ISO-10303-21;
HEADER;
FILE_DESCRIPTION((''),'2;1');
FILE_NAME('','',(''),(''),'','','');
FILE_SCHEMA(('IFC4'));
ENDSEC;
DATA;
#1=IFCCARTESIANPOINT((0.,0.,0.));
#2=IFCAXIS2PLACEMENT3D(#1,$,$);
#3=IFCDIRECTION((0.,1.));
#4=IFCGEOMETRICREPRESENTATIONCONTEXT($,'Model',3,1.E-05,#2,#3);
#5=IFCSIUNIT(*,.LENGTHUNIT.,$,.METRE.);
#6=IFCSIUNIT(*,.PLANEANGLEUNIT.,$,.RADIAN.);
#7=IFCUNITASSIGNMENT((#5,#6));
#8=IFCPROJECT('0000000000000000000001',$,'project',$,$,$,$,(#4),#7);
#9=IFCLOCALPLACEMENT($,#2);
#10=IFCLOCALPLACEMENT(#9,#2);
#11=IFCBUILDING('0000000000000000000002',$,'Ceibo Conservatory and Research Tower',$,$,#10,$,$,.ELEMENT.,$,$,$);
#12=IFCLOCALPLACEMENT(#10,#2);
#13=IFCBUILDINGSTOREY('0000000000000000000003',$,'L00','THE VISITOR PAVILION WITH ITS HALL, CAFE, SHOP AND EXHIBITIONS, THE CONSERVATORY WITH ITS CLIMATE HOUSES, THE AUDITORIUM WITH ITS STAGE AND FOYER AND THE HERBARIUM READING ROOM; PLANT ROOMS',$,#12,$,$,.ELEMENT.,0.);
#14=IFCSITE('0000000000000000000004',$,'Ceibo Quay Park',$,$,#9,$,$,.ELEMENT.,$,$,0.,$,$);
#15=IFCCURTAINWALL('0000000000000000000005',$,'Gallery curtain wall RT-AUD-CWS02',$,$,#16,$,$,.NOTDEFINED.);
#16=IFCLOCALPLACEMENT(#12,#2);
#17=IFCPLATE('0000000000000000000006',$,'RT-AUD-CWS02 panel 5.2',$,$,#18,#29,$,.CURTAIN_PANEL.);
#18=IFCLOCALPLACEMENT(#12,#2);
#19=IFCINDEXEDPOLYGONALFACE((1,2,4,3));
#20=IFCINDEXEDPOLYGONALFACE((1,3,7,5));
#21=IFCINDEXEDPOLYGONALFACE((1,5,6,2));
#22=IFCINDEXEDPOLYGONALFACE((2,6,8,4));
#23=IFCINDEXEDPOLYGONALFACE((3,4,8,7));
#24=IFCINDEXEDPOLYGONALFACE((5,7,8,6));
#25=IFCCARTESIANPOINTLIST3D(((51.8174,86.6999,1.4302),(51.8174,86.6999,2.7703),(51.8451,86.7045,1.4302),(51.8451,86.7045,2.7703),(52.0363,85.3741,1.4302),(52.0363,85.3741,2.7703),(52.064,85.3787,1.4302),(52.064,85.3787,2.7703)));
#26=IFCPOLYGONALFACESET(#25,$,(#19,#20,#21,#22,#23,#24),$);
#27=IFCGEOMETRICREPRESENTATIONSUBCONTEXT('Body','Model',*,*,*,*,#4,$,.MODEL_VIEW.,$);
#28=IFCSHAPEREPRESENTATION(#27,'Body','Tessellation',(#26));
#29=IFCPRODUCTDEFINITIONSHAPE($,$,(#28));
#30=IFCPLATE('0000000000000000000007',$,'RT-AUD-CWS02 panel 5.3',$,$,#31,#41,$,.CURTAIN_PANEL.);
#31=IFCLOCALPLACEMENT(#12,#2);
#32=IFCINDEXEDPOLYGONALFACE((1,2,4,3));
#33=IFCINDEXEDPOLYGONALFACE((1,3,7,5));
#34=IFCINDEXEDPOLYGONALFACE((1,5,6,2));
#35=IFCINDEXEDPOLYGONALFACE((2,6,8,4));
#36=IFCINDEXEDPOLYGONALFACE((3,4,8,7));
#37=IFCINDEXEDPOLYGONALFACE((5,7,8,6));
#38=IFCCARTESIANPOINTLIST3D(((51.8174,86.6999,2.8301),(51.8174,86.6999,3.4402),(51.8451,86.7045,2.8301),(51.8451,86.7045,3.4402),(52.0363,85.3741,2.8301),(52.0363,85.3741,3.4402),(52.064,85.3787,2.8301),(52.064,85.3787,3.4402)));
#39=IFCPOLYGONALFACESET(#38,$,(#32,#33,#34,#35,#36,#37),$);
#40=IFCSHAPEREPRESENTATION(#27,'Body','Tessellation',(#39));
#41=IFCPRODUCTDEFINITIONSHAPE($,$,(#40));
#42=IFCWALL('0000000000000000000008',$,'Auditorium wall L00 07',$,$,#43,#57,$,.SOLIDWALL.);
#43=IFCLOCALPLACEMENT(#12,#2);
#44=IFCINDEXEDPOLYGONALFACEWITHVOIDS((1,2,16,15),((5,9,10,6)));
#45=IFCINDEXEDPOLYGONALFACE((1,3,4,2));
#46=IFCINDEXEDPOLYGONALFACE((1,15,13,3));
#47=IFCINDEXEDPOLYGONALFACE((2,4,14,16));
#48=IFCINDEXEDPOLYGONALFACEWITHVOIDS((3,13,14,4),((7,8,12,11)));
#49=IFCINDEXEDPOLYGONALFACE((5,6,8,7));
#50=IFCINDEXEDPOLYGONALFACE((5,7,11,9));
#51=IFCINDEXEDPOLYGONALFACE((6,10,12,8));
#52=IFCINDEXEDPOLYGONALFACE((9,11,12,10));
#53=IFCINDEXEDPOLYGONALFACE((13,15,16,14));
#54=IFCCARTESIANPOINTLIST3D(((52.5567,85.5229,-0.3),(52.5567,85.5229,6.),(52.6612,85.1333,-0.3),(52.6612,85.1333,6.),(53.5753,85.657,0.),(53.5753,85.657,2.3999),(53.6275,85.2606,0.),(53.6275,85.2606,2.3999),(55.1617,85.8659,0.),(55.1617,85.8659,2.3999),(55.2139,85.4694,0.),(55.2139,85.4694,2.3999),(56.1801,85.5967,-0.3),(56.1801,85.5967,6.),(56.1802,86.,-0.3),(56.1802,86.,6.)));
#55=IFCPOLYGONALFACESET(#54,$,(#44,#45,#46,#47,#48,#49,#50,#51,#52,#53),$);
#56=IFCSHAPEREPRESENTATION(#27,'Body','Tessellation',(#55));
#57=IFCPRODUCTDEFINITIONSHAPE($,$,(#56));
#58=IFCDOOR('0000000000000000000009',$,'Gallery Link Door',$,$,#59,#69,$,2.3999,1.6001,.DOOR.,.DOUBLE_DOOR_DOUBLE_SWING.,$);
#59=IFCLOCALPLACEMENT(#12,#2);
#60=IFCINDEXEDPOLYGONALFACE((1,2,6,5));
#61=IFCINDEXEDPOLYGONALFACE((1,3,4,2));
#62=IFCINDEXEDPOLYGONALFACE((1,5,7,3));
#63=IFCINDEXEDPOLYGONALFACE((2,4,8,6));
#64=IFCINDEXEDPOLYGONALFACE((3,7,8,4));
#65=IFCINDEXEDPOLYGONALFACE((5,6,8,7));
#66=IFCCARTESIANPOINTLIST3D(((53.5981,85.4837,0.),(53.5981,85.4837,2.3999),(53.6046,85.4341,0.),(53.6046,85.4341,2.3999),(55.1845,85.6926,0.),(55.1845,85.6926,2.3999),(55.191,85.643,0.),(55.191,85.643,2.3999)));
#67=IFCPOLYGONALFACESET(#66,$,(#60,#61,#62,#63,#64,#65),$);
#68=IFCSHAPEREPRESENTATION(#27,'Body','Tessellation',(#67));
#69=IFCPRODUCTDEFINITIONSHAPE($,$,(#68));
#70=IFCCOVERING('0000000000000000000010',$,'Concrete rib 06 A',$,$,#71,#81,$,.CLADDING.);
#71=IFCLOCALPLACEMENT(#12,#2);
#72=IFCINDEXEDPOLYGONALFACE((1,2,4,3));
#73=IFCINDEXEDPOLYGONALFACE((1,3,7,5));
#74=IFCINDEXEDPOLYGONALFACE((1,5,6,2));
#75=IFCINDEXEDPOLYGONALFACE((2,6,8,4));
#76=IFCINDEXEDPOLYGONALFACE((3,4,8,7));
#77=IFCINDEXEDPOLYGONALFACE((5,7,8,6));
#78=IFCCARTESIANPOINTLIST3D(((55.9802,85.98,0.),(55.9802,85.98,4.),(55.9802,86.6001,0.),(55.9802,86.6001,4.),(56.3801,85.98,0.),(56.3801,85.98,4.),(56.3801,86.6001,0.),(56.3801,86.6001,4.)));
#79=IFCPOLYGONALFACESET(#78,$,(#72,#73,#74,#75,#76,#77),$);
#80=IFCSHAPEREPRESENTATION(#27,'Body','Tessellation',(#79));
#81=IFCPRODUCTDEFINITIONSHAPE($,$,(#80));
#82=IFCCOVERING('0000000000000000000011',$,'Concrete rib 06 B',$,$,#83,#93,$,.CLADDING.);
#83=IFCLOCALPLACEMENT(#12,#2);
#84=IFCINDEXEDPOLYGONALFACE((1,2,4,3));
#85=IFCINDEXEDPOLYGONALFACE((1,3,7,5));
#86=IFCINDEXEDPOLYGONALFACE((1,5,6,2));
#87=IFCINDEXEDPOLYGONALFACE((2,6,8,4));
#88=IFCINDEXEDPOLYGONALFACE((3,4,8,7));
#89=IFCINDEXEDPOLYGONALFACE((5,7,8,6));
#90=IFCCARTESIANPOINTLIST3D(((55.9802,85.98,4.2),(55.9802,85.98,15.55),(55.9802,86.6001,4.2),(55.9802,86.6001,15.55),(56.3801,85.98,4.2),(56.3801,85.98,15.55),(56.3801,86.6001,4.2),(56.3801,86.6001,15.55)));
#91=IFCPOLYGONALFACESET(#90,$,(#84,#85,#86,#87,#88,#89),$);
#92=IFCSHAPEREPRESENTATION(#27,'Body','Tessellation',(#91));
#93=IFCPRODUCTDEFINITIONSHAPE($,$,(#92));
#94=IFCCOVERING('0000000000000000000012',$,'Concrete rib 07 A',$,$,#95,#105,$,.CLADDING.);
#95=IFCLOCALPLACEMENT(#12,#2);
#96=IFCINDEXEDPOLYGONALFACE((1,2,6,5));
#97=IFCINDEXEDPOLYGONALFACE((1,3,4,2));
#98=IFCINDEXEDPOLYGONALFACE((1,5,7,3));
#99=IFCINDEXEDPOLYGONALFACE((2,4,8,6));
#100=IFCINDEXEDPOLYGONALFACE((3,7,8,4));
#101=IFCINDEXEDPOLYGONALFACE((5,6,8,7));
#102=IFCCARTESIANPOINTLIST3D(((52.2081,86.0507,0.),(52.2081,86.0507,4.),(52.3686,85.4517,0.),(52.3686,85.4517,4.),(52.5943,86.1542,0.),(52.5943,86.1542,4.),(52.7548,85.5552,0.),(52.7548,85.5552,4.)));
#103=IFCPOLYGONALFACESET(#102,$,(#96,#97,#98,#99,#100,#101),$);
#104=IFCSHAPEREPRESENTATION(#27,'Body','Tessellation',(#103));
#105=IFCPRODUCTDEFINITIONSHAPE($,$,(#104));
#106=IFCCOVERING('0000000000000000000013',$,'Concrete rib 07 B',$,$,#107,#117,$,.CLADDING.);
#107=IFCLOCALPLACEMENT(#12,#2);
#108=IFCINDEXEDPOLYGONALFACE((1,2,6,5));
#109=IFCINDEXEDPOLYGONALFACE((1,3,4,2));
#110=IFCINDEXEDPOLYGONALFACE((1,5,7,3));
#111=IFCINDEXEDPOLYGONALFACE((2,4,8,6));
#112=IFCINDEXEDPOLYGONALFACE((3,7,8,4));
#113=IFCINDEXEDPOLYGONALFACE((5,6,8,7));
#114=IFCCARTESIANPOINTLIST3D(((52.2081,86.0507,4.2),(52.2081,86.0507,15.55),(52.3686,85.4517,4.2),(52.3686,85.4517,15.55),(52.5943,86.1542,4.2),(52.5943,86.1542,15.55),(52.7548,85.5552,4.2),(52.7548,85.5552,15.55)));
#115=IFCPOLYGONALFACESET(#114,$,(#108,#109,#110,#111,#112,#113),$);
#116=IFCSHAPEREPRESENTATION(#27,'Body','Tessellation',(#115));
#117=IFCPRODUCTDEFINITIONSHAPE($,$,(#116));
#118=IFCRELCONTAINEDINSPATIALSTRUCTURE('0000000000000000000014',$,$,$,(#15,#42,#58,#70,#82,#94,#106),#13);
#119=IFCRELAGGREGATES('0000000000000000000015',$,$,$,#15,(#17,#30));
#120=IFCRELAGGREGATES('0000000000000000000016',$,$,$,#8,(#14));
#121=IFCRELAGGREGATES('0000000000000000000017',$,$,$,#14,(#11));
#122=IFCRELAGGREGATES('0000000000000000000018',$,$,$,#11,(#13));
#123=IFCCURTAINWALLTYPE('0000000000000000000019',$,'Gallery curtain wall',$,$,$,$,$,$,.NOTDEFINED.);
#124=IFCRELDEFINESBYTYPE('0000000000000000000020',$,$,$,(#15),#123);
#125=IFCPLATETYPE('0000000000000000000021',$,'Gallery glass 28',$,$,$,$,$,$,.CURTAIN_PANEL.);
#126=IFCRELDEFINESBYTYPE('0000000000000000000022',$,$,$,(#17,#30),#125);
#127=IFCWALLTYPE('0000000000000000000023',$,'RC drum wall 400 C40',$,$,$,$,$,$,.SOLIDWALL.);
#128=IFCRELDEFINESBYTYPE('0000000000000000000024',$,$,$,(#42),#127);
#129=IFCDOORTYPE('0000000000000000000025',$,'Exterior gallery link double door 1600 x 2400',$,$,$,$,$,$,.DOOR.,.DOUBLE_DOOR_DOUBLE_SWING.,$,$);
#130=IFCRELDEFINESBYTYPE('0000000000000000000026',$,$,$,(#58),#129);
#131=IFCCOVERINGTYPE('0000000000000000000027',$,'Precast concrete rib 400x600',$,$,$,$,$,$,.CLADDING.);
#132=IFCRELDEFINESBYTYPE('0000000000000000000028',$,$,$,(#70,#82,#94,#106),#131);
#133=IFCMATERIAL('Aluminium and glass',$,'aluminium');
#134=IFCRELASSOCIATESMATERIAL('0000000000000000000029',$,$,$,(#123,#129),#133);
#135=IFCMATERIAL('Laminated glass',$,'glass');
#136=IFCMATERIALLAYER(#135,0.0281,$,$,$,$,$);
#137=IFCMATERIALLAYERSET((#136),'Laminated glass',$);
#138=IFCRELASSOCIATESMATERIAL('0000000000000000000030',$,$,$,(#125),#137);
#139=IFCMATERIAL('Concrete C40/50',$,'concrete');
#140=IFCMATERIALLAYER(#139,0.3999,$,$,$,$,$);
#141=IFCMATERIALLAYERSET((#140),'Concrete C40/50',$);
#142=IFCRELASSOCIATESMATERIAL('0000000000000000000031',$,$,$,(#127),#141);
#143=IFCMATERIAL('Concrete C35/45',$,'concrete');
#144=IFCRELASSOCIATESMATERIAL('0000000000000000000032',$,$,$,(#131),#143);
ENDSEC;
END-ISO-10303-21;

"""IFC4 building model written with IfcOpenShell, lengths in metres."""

from ifc_helpers import new_model, si_unit, direction, frame, frame_2d, origin, origin_2d, place, context, subcontext, project, spatial, polyline, rectangle, outline, extrude, material, layer, layer_set, type_object, element, fill, aggregate, save


model = new_model("IFC4")

# Units and contexts
model_context = context("Model", 3, precision=1e-05, world=origin(), true_north=direction((0.0, 1.0)))
body_context = subcontext(model_context, "Body", "Model", "MODEL_VIEW")
ifc_project = project(units=[si_unit("LENGTHUNIT", "METRE"), si_unit("PLANEANGLEUNIT", "RADIAN")], contexts=[model_context])

# Site, building, storey
site_placement = place(None, origin())
site = spatial("IfcSite", under=ifc_project, at=site_placement, Name="Ceibo Quay Park", CompositionType="ELEMENT", RefElevation=0.0)
building_placement = place(site_placement, origin())
building = spatial("IfcBuilding", under=site, at=building_placement, Name="Ceibo Conservatory and Research Tower", CompositionType="ELEMENT")
storey_placement = place(building_placement, origin())
storey = spatial("IfcBuildingStorey", under=building, at=storey_placement, Name="L00", Description="THE VISITOR PAVILION WITH ITS HALL, CAFE, SHOP AND EXHIBITIONS, THE CONSERVATORY WITH ITS CLIMATE HOUSES, THE AUDITORIUM WITH ITS STAGE AND FOYER AND THE HERBARIUM READING ROOM; PLANT ROOMS", CompositionType="ELEMENT", Elevation=0.0)

# Shared definitions
ifc_material_1 = material(Name="Concrete C35/45", Category="concrete")

# Shared definitions
ifc_material_2 = material(Name="Aluminium and glass", Category="aluminium")
curtain_wall_type = type_object("IfcCurtainWallType", Name="Gallery curtain wall", PredefinedType="NOTDEFINED", material=ifc_material_2)

# Curtain wall
curtain_wall_1_placement = place(storey_placement, origin())
curtain_wall_1 = element("IfcCurtainWall", 1, at=curtain_wall_1_placement, inside=storey, type_object=curtain_wall_type, Name="Gallery curtain wall RT-AUD-CWS02", PredefinedType="NOTDEFINED")

# Plates
ifc_material_3 = material(Name="Laminated glass", Category="glass")
ifc_layer_1 = layer(ifc_material_3, 0.0281)
ifc_layer_set_1 = layer_set([ifc_layer_1], Name="Laminated glass")
plate_type = type_object("IfcPlateType", Name="Gallery glass 28", PredefinedType="CURTAIN_PANEL", material=ifc_layer_set_1)
plate_1_placement = place(storey_placement, frame((51.9407, 86.0393, 1.4302), z_axis=(0.0, 0.0, 1.0), x_axis=(0.162895, -0.986643, 0.0)))
plate_1 = element("IfcPlate", 2, at=plate_1_placement, type_object=plate_type, Name="RT-AUD-CWS02 panel 5.2", PredefinedType="CURTAIN_PANEL", context=body_context, shape_type="SweptSolid", body=[
    extrude(rectangle(XDim=1.3438, YDim=0.0281, at=origin_2d()), origin(), (0.0, 0.0, 1.0), 1.3401),
])
plate_2_placement = place(storey_placement, frame((51.9407, 86.0393, 2.8301), z_axis=(0.0, 0.0, 1.0), x_axis=(0.162895, -0.986643, 0.0)))
plate_2 = element("IfcPlate", 3, at=plate_2_placement, type_object=plate_type, Name="RT-AUD-CWS02 panel 5.3", PredefinedType="CURTAIN_PANEL", context=body_context, shape_type="SweptSolid", body=[
    extrude(rectangle(XDim=1.3438, YDim=0.0281, at=origin_2d()), origin(), (0.0, 0.0, 1.0), 0.6101),
])
aggregate(curtain_wall_1, [plate_1, plate_2])

# Wall, opening, door
ifc_material_4 = material(Name="Concrete C40/50", Category="concrete")
ifc_layer_2 = layer(ifc_material_4, 0.3999)
ifc_layer_set_2 = layer_set([ifc_layer_2], Name="Concrete C40/50")
wall_type_1 = type_object("IfcWallType", Name="RC drum wall 400 C40", PredefinedType="SOLIDWALL", material=ifc_layer_set_2)
wall_1_placement = place(storey_placement, frame((56.1802, 85.7983, -0.3), z_axis=(0.0, 0.0, 1.0), x_axis=(-0.991443, -0.130539, 0.0)))
wall_1 = element("IfcWall", 4, at=wall_1_placement, inside=storey, type_object=wall_type_1, Name="Auditorium wall L00 07", PredefinedType="SOLIDWALL", context=body_context, shape_type="SweptSolid", body=[
    extrude(outline(polyline([(-0.0264, -0.2), (3.6284, -0.2), (3.5757, 0.2), (0.0264, 0.2), (-0.0264, -0.2)])), origin(), (0.0, 0.0, 1.0), 6.3),
])
opening_1_placement = place(wall_1_placement, frame((1.001, 0.0, 0.3)))
opening_1 = element("IfcOpeningElement", 5, at=opening_1_placement, cuts=wall_1, PredefinedType="OPENING", context=body_context, shape_type="SweptSolid", body=[
    extrude(rectangle(XDim=1.6001, YDim=2.3999, at=frame_2d((0.8, 1.2))), frame((0.0, 0.21, 0.0), z_axis=(0.0, -1.0, 0.0), x_axis=(1.0, 0.0, 0.0)), (0.0, 0.0, 1.0), 0.4199),
])
door_type_1 = type_object("IfcDoorType", Name="Exterior gallery link double door 1600 x 2400", OperationType="DOUBLE_DOOR_DOUBLE_SWING", PredefinedType="DOOR", material=ifc_material_2)
door_1_placement = place(opening_1_placement, origin())
door_1 = element("IfcDoor", 6, at=door_1_placement, inside=storey, type_object=door_type_1, Name="Gallery Link Door", OperationType="DOUBLE_DOOR_DOUBLE_SWING", OverallHeight=2.3999, OverallWidth=1.6001, PredefinedType="DOOR", context=body_context, shape_type="SweptSolid", body=[
    extrude(rectangle(XDim=1.6001, YDim=2.3999, at=frame_2d((0.8, 1.2))), frame((0.0, 0.0249, 0.0), z_axis=(0.0, -1.0, 0.0), x_axis=(1.0, 0.0, 0.0)), (0.0, 0.0, 1.0), 0.05),
])
fill(opening_1, door_1)

# Coverings
covering_type = type_object("IfcCoveringType", Name="Precast concrete rib 400x600", PredefinedType="CLADDING", material=ifc_material_1)
covering_1_placement = place(storey_placement, frame((56.1802, 86.29, 0.0), z_axis=(0.0, 0.0, 1.0), x_axis=(0.0, 1.0, 0.0)))
element("IfcCovering", 7, at=covering_1_placement, inside=storey, type_object=covering_type, Name="Concrete rib 06 A", PredefinedType="CLADDING", context=body_context, shape_type="SweptSolid", body=[
    extrude(rectangle(XDim=0.6201, YDim=0.3999, at=origin_2d()), origin(), (0.0, 0.0, 1.0), 4.0),
])
covering_2_placement = place(storey_placement, frame((56.1802, 86.29, 4.2), z_axis=(0.0, 0.0, 1.0), x_axis=(0.0, 1.0, 0.0)))
element("IfcCovering", 8, at=covering_2_placement, inside=storey, type_object=covering_type, Name="Concrete rib 06 B", PredefinedType="CLADDING", context=body_context, shape_type="SweptSolid", body=[
    extrude(rectangle(XDim=0.6201, YDim=0.3999, at=origin_2d()), origin(), (0.0, 0.0, 1.0), 11.3501),
])
covering_3_placement = place(storey_placement, frame((52.4814, 85.803, 0.0), z_axis=(0.0, 0.0, 1.0), x_axis=(-0.258819, 0.965926, 0.0)))
element("IfcCovering", 9, at=covering_3_placement, inside=storey, type_object=covering_type, Name="Concrete rib 07 A", PredefinedType="CLADDING", context=body_context, shape_type="SweptSolid", body=[
    extrude(rectangle(XDim=0.6201, YDim=0.3999, at=origin_2d()), origin(), (0.0, 0.0, 1.0), 4.0),
])
covering_4_placement = place(storey_placement, frame((52.4814, 85.803, 4.2), z_axis=(0.0, 0.0, 1.0), x_axis=(-0.258819, 0.965926, 0.0)))
element("IfcCovering", 10, at=covering_4_placement, inside=storey, type_object=covering_type, Name="Concrete rib 07 B", PredefinedType="CLADDING", context=body_context, shape_type="SweptSolid", body=[
    extrude(rectangle(XDim=0.6201, YDim=0.3999, at=origin_2d()), origin(), (0.0, 0.0, 1.0), 11.3501),
])

save(model, "model.ifc")
